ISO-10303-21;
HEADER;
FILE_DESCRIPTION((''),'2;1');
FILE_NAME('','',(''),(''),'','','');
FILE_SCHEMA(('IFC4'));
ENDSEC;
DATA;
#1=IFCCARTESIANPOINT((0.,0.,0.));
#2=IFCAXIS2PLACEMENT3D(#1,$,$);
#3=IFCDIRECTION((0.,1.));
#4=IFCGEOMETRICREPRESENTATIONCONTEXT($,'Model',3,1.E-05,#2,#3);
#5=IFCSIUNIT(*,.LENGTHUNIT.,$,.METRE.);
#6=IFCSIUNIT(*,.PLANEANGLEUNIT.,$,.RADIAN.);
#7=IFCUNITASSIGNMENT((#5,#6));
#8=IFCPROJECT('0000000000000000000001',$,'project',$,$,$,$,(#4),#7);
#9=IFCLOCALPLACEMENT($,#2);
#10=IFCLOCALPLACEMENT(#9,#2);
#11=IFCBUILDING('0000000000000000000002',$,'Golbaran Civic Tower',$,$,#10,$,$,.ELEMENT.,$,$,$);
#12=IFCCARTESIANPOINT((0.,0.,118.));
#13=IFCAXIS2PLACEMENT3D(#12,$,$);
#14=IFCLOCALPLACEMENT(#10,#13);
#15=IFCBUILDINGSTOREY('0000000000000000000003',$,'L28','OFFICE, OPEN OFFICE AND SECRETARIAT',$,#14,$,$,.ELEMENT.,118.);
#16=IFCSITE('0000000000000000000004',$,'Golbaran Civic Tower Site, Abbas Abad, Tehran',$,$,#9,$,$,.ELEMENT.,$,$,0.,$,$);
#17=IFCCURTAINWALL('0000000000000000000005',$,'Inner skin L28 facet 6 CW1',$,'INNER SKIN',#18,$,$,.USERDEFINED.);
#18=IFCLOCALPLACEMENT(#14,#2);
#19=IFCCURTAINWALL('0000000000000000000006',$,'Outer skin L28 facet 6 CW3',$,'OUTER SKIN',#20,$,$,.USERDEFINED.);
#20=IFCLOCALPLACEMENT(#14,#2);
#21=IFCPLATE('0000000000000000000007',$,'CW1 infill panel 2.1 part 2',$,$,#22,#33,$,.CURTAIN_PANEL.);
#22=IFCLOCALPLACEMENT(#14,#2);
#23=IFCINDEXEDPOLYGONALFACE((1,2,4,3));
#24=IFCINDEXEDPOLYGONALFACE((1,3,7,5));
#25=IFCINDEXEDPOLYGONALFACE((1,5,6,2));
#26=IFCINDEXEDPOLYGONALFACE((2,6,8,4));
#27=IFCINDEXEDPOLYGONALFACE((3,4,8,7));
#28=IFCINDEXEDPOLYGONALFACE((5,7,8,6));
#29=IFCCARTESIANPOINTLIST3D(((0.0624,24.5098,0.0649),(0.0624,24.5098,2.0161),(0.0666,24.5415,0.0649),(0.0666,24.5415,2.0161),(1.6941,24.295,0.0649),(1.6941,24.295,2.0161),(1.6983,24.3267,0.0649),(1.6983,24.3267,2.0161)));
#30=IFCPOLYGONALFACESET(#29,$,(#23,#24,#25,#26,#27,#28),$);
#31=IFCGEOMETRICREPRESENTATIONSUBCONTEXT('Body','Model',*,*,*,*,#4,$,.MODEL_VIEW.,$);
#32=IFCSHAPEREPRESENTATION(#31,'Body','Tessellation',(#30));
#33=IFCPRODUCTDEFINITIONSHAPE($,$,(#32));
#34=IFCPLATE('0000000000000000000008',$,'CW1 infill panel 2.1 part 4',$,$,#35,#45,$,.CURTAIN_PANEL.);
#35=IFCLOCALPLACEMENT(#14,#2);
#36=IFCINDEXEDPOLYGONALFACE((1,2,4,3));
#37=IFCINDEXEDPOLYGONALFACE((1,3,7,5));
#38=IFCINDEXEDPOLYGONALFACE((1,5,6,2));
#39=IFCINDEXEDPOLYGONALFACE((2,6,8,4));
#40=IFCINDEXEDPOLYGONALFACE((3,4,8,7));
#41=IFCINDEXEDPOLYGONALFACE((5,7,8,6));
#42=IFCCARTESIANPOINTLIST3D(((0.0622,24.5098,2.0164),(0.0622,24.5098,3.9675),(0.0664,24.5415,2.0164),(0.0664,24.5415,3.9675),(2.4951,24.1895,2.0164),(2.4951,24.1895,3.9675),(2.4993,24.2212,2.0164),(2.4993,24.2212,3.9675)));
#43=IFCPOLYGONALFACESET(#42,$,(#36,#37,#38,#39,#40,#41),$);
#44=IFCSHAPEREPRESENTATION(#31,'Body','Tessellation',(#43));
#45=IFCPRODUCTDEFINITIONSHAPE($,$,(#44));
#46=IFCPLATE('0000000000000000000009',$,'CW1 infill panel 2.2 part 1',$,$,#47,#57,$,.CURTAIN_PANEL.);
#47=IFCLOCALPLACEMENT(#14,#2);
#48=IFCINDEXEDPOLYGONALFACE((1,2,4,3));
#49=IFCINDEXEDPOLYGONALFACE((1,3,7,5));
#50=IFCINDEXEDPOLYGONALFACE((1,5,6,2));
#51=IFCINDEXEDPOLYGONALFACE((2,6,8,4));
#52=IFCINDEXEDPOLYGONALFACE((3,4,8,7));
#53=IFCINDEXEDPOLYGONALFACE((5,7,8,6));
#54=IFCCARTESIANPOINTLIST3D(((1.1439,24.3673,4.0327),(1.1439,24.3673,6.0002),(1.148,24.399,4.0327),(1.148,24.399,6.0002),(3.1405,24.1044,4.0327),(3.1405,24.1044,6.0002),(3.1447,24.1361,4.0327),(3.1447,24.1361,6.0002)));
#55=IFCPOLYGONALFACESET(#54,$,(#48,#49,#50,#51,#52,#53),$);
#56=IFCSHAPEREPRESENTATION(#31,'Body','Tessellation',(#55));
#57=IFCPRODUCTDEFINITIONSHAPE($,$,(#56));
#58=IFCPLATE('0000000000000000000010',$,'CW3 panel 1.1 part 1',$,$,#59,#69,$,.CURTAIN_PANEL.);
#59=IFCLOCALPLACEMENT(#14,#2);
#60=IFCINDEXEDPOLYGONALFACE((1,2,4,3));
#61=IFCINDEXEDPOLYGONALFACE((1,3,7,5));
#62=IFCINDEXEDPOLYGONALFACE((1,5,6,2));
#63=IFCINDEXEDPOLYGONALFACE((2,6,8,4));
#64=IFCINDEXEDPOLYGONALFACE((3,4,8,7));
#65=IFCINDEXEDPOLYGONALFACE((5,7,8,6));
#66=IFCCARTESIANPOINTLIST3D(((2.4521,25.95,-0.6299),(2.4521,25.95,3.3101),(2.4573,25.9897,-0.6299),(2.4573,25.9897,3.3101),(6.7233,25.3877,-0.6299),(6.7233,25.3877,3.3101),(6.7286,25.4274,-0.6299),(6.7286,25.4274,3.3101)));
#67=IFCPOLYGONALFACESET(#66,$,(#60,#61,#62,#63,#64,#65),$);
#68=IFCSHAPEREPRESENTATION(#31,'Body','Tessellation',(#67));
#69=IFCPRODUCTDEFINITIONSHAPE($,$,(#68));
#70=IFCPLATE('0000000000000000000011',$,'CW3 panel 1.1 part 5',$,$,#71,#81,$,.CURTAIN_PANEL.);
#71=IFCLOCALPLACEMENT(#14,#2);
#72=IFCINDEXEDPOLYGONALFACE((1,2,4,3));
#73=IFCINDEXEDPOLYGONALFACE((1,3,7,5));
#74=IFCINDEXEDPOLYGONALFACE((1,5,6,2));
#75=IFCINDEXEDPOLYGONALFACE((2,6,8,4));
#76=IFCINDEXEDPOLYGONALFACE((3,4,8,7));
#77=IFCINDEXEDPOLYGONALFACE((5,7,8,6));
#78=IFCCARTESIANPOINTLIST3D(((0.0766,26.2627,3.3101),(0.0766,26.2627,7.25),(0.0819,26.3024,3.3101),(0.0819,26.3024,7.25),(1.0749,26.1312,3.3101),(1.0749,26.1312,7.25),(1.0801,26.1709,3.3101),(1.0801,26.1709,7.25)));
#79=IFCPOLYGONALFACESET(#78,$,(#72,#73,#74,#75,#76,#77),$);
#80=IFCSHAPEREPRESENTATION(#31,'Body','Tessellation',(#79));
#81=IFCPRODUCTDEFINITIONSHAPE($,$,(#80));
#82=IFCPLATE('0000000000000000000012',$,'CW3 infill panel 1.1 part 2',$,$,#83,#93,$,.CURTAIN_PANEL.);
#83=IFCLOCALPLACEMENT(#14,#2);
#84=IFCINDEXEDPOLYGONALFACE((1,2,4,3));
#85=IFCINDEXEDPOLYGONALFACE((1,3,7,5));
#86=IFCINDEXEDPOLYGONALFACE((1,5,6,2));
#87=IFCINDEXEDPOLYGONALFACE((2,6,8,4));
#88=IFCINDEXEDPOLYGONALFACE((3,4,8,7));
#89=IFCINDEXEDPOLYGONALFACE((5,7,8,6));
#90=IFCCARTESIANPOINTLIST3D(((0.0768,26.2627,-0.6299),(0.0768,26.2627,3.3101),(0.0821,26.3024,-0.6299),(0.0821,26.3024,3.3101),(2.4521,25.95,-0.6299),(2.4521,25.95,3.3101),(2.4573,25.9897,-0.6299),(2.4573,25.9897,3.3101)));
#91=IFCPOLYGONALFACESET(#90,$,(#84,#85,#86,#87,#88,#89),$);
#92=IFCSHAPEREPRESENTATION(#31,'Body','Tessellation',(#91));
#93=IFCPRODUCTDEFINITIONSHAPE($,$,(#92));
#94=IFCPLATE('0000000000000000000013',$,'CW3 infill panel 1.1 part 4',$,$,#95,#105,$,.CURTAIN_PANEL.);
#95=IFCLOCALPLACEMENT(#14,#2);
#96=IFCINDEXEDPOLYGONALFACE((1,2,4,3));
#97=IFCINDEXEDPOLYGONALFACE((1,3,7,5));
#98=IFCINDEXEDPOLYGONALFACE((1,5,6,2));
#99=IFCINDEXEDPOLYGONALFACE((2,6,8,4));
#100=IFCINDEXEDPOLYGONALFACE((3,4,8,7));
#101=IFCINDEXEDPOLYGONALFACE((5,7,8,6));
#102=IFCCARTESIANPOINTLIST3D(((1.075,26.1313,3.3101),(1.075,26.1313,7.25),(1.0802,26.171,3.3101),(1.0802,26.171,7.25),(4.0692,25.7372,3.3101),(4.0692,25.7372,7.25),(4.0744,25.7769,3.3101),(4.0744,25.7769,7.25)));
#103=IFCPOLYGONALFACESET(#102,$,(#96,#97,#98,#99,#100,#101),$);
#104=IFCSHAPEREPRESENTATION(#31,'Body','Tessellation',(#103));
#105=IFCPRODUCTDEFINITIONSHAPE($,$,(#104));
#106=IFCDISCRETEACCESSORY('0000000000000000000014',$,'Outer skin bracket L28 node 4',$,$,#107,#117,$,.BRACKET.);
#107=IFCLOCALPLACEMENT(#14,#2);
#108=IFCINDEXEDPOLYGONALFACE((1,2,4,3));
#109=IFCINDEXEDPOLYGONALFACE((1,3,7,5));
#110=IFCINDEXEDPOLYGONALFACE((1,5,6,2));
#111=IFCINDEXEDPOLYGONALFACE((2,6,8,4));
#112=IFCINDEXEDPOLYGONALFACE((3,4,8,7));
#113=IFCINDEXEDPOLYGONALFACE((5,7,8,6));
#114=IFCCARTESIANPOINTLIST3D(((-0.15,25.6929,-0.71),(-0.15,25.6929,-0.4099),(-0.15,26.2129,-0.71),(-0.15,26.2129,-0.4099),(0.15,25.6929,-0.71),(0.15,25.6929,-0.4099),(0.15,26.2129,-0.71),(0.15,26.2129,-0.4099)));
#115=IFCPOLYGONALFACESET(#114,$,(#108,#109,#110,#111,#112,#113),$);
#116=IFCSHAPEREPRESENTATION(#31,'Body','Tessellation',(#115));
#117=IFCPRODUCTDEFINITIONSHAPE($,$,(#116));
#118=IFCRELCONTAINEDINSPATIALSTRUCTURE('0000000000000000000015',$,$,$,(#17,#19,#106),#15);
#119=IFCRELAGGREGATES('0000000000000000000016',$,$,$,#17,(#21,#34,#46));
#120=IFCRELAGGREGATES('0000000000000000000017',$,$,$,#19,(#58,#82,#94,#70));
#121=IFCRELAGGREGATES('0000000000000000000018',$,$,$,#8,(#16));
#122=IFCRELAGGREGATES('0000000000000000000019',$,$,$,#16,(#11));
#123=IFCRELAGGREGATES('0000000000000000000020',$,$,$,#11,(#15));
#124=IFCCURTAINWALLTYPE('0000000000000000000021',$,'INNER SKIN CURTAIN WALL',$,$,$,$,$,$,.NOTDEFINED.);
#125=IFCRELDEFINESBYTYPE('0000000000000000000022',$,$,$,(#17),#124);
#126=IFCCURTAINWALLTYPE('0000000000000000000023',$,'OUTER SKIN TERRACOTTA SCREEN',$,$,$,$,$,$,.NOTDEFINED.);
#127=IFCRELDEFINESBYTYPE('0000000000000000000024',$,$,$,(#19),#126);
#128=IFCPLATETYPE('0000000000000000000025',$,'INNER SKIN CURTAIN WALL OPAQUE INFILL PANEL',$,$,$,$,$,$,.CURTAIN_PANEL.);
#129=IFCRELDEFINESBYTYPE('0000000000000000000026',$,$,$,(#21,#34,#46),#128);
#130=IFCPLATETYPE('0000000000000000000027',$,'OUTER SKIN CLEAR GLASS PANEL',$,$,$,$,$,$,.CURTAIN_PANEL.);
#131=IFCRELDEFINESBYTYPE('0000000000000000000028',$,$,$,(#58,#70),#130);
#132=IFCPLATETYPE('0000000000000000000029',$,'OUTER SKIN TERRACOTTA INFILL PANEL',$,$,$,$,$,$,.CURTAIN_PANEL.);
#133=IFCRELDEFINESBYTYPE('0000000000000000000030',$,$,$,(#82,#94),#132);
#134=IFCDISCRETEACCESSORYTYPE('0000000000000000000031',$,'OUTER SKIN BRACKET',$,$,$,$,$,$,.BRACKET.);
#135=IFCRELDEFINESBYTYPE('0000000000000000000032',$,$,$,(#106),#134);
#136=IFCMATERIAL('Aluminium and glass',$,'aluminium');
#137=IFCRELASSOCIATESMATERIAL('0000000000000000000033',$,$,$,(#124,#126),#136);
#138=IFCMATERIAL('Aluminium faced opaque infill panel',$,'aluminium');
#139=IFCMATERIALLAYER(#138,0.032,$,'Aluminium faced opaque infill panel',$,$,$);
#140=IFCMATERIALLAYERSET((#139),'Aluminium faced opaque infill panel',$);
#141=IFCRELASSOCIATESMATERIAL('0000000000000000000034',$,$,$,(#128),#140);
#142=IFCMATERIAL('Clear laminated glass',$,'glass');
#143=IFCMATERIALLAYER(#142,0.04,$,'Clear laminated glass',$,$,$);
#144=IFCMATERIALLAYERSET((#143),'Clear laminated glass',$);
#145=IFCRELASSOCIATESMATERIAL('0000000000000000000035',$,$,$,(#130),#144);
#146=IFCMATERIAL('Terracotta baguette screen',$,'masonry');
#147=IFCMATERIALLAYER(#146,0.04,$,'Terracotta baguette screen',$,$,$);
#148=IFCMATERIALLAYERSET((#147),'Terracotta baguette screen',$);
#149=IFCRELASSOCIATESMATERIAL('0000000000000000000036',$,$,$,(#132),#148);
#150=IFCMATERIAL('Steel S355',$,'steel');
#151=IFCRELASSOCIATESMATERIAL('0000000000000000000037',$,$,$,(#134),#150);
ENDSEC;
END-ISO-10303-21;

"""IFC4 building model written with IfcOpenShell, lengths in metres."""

from ifc_helpers import new_model, si_unit, direction, frame, origin, origin_2d, place, context, subcontext, project, spatial, rectangle, extrude, material, layer, layer_set, type_object, element, aggregate, save


model = new_model("IFC4")

# Units and contexts
model_context = context("Model", 3, precision=1e-05, world=origin(), true_north=direction((0.0, 1.0)))
body_context = subcontext(model_context, "Body", "Model", "MODEL_VIEW")
ifc_project = project(units=[si_unit("LENGTHUNIT", "METRE"), si_unit("PLANEANGLEUNIT", "RADIAN")], contexts=[model_context])

# Site, building, storey
site_placement = place(None, origin())
site = spatial("IfcSite", under=ifc_project, at=site_placement, Name="Golbaran Civic Tower Site, Abbas Abad, Tehran", CompositionType="ELEMENT", RefElevation=0.0)
building_placement = place(site_placement, origin())
building = spatial("IfcBuilding", under=site, at=building_placement, Name="Golbaran Civic Tower", CompositionType="ELEMENT")
storey_placement = place(building_placement, frame((0.0, 0.0, 118.0)))
storey = spatial("IfcBuildingStorey", under=building, at=storey_placement, Name="L28", Description="OFFICE, OPEN OFFICE AND SECRETARIAT", CompositionType="ELEMENT", Elevation=118.0)

# Shared definitions
ifc_material_1 = material(Name="Steel S355", Category="steel")

# Curtain wall
ifc_material_2 = material(Name="Aluminium and glass", Category="aluminium")
curtain_wall_type_1 = type_object("IfcCurtainWallType", Name="INNER SKIN CURTAIN WALL", PredefinedType="NOTDEFINED", material=ifc_material_2)
curtain_wall_1_placement = place(storey_placement, origin())
curtain_wall_1 = element("IfcCurtainWall", 1, at=curtain_wall_1_placement, inside=storey, type_object=curtain_wall_type_1, Name="Inner skin L28 facet 6 CW1", ObjectType="INNER SKIN", PredefinedType="USERDEFINED")

# Curtain wall
curtain_wall_type_2 = type_object("IfcCurtainWallType", Name="OUTER SKIN TERRACOTTA SCREEN", PredefinedType="NOTDEFINED", material=ifc_material_2)
curtain_wall_2_placement = place(storey_placement, origin())
curtain_wall_2 = element("IfcCurtainWall", 2, at=curtain_wall_2_placement, inside=storey, type_object=curtain_wall_type_2, Name="Outer skin L28 facet 6 CW3", ObjectType="OUTER SKIN", PredefinedType="USERDEFINED")

# Plates
ifc_material_3 = material(Name="Aluminium faced opaque infill panel", Category="aluminium")
ifc_layer_1 = layer(ifc_material_3, 0.032, Name="Aluminium faced opaque infill panel")
ifc_layer_set_1 = layer_set([ifc_layer_1], Name="Aluminium faced opaque infill panel")
plate_type_1 = type_object("IfcPlateType", Name="INNER SKIN CURTAIN WALL OPAQUE INFILL PANEL", PredefinedType="CURTAIN_PANEL", material=ifc_layer_set_1)
plate_1_placement = place(storey_placement, frame((0.8804, 24.4182, 0.0649), z_axis=(0.0, 0.0, 1.0), x_axis=(-0.991445, 0.130526, 0.0)))
plate_1 = element("IfcPlate", 3, at=plate_1_placement, type_object=plate_type_1, Name="CW1 infill panel 2.1 part 2", PredefinedType="CURTAIN_PANEL", context=body_context, shape_type="SweptSolid", body=[
    extrude(rectangle(XDim=1.6458, YDim=0.032, at=origin_2d()), origin(), (0.0, 0.0, 1.0), 1.9512),
])
plate_2_placement = place(storey_placement, frame((1.2808, 24.3655, 2.0164), z_axis=(0.0, 0.0, 1.0), x_axis=(-0.991445, 0.130526, 0.0)))
plate_2 = element("IfcPlate", 4, at=plate_2_placement, type_object=plate_type_1, Name="CW1 infill panel 2.1 part 4", PredefinedType="CURTAIN_PANEL", context=body_context, shape_type="SweptSolid", body=[
    extrude(rectangle(XDim=2.4539, YDim=0.032, at=origin_2d()), origin(), (0.0, 0.0, 1.0), 1.9512),
])
plate_3_placement = place(storey_placement, frame((2.1443, 24.2517, 4.0327), z_axis=(0.0, 0.0, 1.0), x_axis=(-0.991445, 0.130526, 0.0)))
plate_3 = element("IfcPlate", 5, at=plate_3_placement, type_object=plate_type_1, Name="CW1 infill panel 2.2 part 1", PredefinedType="CURTAIN_PANEL", context=body_context, shape_type="SweptSolid", body=[
    extrude(rectangle(XDim=2.0139, YDim=0.032, at=origin_2d()), origin(), (0.0, 0.0, 1.0), 1.9675),
])
aggregate(curtain_wall_1, [plate_1, plate_2, plate_3])
ifc_material_4 = material(Name="Clear laminated glass", Category="glass")
ifc_layer_2 = layer(ifc_material_4, 0.04, Name="Clear laminated glass")
ifc_layer_set_2 = layer_set([ifc_layer_2], Name="Clear laminated glass")
plate_type_2 = type_object("IfcPlateType", Name="OUTER SKIN CLEAR GLASS PANEL", PredefinedType="CURTAIN_PANEL", material=ifc_layer_set_2)
plate_4_placement = place(storey_placement, frame((4.5903, 25.6887, -0.6299), z_axis=(0.0, 0.0, 1.0), x_axis=(-0.991445, 0.130526, 0.0)))
plate_4 = element("IfcPlate", 6, at=plate_4_placement, type_object=plate_type_2, Name="CW3 panel 1.1 part 1", PredefinedType="CURTAIN_PANEL", context=body_context, shape_type="SweptSolid", body=[
    extrude(rectangle(XDim=4.3081, YDim=0.04, at=origin_2d()), origin(), (0.0, 0.0, 1.0), 3.9399),
])
plate_5_placement = place(storey_placement, frame((0.5784, 26.2168, 3.3101), z_axis=(0.0, 0.0, 1.0), x_axis=(-0.991445, 0.130526, 0.0)))
plate_5 = element("IfcPlate", 7, at=plate_5_placement, type_object=plate_type_2, Name="CW3 panel 1.1 part 5", PredefinedType="CURTAIN_PANEL", context=body_context, shape_type="SweptSolid", body=[
    extrude(rectangle(XDim=1.0068, YDim=0.04, at=origin_2d()), origin(), (0.0, 0.0, 1.0), 3.9399),
])
ifc_material_5 = material(Name="Terracotta baguette screen", Category="masonry")
ifc_layer_3 = layer(ifc_material_5, 0.04, Name="Terracotta baguette screen")
ifc_layer_set_3 = layer_set([ifc_layer_3], Name="Terracotta baguette screen")
plate_type_3 = type_object("IfcPlateType", Name="OUTER SKIN TERRACOTTA INFILL PANEL", PredefinedType="CURTAIN_PANEL", material=ifc_layer_set_3)
plate_6_placement = place(storey_placement, frame((1.2671, 26.1262, -0.6299), z_axis=(0.0, 0.0, 1.0), x_axis=(-0.991445, 0.130526, 0.0)))
plate_6 = element("IfcPlate", 8, at=plate_6_placement, type_object=plate_type_3, Name="CW3 infill panel 1.1 part 2", PredefinedType="CURTAIN_PANEL", context=body_context, shape_type="SweptSolid", body=[
    extrude(rectangle(XDim=2.3958, YDim=0.04, at=origin_2d()), origin(), (0.0, 0.0, 1.0), 3.9399),
])
plate_7_placement = place(storey_placement, frame((2.5747, 25.9541, 3.3101), z_axis=(0.0, 0.0, 1.0), x_axis=(-0.991445, 0.130526, 0.0)))
plate_7 = element("IfcPlate", 9, at=plate_7_placement, type_object=plate_type_3, Name="CW3 infill panel 1.1 part 4", PredefinedType="CURTAIN_PANEL", context=body_context, shape_type="SweptSolid", body=[
    extrude(rectangle(XDim=3.02, YDim=0.04, at=origin_2d()), origin(), (0.0, 0.0, 1.0), 3.9399),
])
aggregate(curtain_wall_2, [plate_4, plate_6, plate_7, plate_5])

# Discrete accessory
discrete_accessory_type = type_object("IfcDiscreteAccessoryType", Name="OUTER SKIN BRACKET", PredefinedType="BRACKET", material=ifc_material_1)
discrete_accessory_placement = place(storey_placement, frame((0.0, 25.9529, -0.71), z_axis=(0.0, 0.0, 1.0), x_axis=(0.0, 1.0, 0.0)))
element("IfcDiscreteAccessory", 10, at=discrete_accessory_placement, inside=storey, type_object=discrete_accessory_type, Name="Outer skin bracket L28 node 4", PredefinedType="BRACKET", context=body_context, shape_type="SweptSolid", body=[
    extrude(rectangle(XDim=0.52, YDim=0.3, at=origin_2d()), origin(), (0.0, 0.0, 1.0), 0.3),
])

save(model, "model.ifc")
